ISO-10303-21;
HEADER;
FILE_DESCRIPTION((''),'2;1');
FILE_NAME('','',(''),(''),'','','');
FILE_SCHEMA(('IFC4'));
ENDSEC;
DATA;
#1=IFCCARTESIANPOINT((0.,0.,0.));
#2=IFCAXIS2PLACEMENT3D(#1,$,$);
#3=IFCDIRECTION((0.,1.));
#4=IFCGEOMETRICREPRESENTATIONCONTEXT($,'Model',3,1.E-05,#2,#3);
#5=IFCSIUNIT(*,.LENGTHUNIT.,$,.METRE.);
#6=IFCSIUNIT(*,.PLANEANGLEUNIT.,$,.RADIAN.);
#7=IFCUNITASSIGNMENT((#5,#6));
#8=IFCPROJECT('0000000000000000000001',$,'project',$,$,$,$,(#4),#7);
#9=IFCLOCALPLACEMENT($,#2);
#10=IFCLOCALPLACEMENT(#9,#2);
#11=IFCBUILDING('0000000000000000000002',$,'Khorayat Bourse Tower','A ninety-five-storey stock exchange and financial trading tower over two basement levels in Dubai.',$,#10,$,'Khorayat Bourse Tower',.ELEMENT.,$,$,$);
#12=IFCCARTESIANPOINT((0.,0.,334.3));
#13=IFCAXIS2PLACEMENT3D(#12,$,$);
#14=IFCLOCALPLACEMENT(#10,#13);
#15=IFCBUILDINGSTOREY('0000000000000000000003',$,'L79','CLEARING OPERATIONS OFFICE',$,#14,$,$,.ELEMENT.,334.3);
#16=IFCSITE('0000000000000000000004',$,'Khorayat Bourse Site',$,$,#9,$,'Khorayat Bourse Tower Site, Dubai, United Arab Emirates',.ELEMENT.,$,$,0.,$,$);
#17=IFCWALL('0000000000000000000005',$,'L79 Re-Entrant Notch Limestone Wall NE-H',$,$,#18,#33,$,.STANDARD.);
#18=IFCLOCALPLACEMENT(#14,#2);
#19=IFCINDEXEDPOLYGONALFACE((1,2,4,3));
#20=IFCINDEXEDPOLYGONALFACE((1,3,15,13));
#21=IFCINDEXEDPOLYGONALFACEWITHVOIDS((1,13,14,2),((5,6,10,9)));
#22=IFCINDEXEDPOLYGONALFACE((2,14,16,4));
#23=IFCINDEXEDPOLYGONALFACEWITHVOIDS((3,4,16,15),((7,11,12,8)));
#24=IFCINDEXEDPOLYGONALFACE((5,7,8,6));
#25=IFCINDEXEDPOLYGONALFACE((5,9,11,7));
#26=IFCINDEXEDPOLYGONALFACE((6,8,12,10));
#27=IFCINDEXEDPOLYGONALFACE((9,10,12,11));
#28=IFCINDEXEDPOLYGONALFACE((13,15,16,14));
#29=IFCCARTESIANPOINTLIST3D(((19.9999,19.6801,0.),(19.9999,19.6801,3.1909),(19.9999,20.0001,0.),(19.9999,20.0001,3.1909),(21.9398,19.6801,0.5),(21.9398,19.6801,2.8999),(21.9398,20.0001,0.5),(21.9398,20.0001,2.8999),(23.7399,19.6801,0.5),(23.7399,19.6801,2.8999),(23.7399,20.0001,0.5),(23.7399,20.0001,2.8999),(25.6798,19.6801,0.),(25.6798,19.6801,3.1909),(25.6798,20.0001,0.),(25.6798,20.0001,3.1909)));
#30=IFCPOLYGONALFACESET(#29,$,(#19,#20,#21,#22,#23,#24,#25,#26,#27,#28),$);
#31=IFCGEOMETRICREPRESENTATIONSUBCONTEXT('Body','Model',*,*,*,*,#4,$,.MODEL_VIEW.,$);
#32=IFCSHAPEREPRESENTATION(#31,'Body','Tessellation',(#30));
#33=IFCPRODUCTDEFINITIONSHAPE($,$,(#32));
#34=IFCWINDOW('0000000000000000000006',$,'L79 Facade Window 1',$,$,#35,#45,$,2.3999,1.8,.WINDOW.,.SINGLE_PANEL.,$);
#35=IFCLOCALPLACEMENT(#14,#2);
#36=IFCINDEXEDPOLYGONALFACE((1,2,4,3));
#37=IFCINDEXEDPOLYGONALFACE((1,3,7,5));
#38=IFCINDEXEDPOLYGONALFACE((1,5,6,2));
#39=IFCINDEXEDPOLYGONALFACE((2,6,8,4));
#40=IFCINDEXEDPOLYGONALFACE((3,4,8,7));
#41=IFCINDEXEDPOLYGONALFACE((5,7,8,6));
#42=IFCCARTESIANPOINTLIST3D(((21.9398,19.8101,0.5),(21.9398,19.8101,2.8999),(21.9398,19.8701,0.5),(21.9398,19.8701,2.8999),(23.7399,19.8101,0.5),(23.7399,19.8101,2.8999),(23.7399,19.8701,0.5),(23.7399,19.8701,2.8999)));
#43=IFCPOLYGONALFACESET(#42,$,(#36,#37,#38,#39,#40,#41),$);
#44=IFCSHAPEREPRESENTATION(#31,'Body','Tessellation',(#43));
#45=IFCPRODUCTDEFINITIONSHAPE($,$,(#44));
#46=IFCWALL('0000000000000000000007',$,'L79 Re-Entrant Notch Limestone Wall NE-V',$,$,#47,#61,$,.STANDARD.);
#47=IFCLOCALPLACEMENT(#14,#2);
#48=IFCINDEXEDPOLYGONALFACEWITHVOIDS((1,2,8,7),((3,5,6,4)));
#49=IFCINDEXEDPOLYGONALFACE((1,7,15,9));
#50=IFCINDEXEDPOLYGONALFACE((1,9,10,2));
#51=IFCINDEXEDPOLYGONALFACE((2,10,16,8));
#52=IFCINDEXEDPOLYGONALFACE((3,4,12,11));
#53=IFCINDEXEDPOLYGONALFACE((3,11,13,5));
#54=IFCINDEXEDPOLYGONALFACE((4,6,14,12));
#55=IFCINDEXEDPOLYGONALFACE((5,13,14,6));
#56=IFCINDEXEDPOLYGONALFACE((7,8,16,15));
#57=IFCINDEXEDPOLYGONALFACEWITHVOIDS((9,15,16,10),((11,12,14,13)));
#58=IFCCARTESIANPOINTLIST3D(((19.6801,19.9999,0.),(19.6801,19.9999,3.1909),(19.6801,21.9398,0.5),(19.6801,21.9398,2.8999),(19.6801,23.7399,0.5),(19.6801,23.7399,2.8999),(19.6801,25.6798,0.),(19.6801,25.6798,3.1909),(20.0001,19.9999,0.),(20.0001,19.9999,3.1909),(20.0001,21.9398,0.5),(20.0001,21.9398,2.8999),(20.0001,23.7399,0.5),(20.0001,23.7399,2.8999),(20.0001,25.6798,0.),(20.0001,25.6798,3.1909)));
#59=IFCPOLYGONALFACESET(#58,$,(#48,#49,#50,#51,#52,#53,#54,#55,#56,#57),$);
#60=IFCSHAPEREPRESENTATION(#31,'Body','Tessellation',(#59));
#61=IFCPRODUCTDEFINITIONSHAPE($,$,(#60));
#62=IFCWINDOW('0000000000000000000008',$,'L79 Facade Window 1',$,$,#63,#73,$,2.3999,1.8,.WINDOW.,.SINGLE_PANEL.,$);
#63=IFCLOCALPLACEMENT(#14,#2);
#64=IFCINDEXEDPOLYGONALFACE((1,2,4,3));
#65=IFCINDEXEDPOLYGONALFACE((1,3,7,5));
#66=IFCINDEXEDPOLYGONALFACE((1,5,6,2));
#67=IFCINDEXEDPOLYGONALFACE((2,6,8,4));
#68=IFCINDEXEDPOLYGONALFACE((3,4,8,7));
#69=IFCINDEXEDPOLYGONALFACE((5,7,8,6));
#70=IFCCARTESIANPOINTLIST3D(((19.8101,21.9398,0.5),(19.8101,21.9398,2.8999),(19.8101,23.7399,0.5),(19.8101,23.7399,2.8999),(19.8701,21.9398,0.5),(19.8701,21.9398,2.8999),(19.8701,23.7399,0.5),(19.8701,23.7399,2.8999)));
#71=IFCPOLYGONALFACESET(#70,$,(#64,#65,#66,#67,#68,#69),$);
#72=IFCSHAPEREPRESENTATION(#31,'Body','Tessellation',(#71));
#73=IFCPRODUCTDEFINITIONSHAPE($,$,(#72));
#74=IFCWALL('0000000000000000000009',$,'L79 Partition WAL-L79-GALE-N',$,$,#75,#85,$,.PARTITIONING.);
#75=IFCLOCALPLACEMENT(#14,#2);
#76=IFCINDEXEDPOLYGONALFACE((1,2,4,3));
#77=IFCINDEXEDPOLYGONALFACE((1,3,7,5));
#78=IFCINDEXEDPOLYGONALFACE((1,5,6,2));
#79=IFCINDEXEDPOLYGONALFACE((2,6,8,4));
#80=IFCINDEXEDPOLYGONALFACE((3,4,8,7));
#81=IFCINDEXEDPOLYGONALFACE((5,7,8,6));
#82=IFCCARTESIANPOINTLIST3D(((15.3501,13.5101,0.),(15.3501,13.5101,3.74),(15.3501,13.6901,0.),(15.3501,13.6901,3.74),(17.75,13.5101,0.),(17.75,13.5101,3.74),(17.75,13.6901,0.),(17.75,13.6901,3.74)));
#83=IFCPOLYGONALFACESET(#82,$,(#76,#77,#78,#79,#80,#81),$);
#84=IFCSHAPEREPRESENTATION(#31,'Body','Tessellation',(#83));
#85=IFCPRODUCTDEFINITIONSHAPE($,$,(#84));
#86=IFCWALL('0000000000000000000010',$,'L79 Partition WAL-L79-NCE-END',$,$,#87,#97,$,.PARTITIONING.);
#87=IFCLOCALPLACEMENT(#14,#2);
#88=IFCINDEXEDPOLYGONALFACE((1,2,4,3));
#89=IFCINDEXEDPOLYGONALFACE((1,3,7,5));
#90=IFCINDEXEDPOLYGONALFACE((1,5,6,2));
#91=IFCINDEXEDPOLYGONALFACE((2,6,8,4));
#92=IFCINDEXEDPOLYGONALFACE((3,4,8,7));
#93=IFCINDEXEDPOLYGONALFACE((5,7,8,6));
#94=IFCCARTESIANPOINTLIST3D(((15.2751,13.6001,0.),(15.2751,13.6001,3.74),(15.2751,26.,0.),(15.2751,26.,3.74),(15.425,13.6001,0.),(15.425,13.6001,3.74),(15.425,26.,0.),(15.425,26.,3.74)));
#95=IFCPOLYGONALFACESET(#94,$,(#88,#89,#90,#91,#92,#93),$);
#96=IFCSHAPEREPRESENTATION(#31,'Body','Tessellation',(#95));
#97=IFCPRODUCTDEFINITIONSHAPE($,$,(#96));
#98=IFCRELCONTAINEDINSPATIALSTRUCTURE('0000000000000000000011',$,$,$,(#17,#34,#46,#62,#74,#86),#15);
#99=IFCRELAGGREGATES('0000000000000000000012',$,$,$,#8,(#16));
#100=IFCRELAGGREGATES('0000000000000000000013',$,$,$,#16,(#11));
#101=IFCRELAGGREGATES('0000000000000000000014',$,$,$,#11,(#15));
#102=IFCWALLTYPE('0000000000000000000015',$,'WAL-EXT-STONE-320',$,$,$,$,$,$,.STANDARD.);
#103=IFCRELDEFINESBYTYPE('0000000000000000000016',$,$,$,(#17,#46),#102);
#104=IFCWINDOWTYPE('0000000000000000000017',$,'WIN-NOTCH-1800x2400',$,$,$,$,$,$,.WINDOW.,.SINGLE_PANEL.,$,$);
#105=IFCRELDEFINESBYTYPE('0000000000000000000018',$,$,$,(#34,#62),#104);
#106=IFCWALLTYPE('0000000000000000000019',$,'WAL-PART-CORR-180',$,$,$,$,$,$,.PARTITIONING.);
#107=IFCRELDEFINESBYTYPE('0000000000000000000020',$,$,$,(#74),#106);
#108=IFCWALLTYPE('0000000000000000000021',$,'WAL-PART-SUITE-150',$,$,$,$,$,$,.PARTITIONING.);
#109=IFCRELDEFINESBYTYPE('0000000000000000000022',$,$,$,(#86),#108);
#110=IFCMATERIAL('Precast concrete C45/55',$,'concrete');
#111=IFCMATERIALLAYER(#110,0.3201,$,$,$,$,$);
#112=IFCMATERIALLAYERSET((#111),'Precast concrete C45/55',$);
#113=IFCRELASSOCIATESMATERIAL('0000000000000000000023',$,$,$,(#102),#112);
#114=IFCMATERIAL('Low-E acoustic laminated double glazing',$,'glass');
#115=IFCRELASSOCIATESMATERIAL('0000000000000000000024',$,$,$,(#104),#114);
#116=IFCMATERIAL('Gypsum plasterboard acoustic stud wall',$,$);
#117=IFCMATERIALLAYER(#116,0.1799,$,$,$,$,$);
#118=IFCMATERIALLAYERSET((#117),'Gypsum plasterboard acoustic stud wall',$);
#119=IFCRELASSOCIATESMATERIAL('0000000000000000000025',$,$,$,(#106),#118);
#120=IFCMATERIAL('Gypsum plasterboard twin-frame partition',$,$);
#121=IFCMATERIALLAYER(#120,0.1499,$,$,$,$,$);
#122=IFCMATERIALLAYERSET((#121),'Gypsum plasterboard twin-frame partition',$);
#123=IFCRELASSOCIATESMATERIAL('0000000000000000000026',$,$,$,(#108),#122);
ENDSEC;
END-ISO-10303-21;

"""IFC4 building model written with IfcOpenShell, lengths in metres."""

from ifc_helpers import new_model, si_unit, direction, frame, frame_2d, origin, place, context, subcontext, project, spatial, rectangle, extrude, source, transform, mapped, material, layer, layer_set, type_object, element, fill, save


model = new_model("IFC4")

# Units and contexts
model_context = context("Model", 3, precision=1e-05, world=origin(), true_north=direction((0.0, 1.0)))
body_context = subcontext(model_context, "Body", "Model", "MODEL_VIEW")
ifc_project = project(units=[si_unit("LENGTHUNIT", "METRE"), si_unit("PLANEANGLEUNIT", "RADIAN")], contexts=[model_context])

# Site, building, storey
site_placement = place(None, origin())
site = spatial("IfcSite", under=ifc_project, at=site_placement, Name="Khorayat Bourse Site", LongName="Khorayat Bourse Tower Site, Dubai, United Arab Emirates", CompositionType="ELEMENT", RefElevation=0.0)
building_placement = place(site_placement, origin())
building = spatial("IfcBuilding", under=site, at=building_placement, Name="Khorayat Bourse Tower", Description="A ninety-five-storey stock exchange and financial trading tower over two basement levels in Dubai.", LongName="Khorayat Bourse Tower", CompositionType="ELEMENT")
storey_placement = place(building_placement, frame((0.0, 0.0, 334.3)))
storey = spatial("IfcBuildingStorey", under=building, at=storey_placement, Name="L79", Description="CLEARING OPERATIONS OFFICE", CompositionType="ELEMENT", Elevation=334.3)

# Walls, openings, windows
ifc_material_1 = material(Name="Precast concrete C45/55", Category="concrete")
ifc_layer_1 = layer(ifc_material_1, 0.3201)
ifc_layer_set_1 = layer_set([ifc_layer_1], Name="Precast concrete C45/55")
wall_type_1 = type_object("IfcWallType", Name="WAL-EXT-STONE-320", PredefinedType="STANDARD", material=ifc_layer_set_1)
shared_shape_1 = source(origin(), body_context, "Body", "SweptSolid", [
    extrude(rectangle(XDim=5.6799, YDim=0.3201, at=frame_2d((2.8398, 0.0))), origin(), (0.0, 0.0, 1.0), 3.1909),
])
wall_1_placement = place(storey_placement, frame((20.0, 19.8401, 0.0), z_axis=(0.0, 0.0, 1.0), x_axis=(1.0, 0.0, 0.0)))
wall_1 = element("IfcWall", 1, at=wall_1_placement, inside=storey, type_object=wall_type_1, Name="L79 Re-Entrant Notch Limestone Wall NE-H", PredefinedType="STANDARD", context=body_context, shape_type="MappedRepresentation", body=[
    mapped(shared_shape_1, transform((0.0, 0.0, 0.0), scale=1.0)),
])
shared_shape_2 = source(origin(), body_context, "Body", "SweptSolid", [
    extrude(rectangle(XDim=1.8, YDim=2.3999, at=frame_2d((0.8999, 1.2))), frame((0.0, 0.1699, 0.0), z_axis=(0.0, -1.0, 0.0), x_axis=(1.0, 0.0, 0.0)), (0.0, 0.0, 1.0), 0.3401),
])
opening_1_placement = place(wall_1_placement, frame((1.9399, 0.0, 0.5)))
opening_1 = element("IfcOpeningElement", 2, at=opening_1_placement, cuts=wall_1, PredefinedType="OPENING", context=body_context, shape_type="MappedRepresentation", body=[
    mapped(shared_shape_2, transform((0.0, 0.0, 0.0), scale=1.0)),
])
ifc_material_2 = material(Name="Low-E acoustic laminated double glazing", Category="glass")
window_type = type_object("IfcWindowType", Name="WIN-NOTCH-1800x2400", PartitioningType="SINGLE_PANEL", PredefinedType="WINDOW", material=ifc_material_2)
shared_shape_3 = source(origin(), body_context, "Body", "SweptSolid", [
    extrude(rectangle(XDim=1.8, YDim=2.3999, at=frame_2d((0.8999, 1.2))), frame((0.0, 0.03, 0.0), z_axis=(0.0, -1.0, 0.0), x_axis=(1.0, 0.0, 0.0)), (0.0, 0.0, 1.0), 0.0601),
])
window_1_placement = place(opening_1_placement, origin())
window_1 = element("IfcWindow", 3, at=window_1_placement, inside=storey, type_object=window_type, Name="L79 Facade Window 1", OverallHeight=2.3999, OverallWidth=1.8, PartitioningType="SINGLE_PANEL", PredefinedType="WINDOW", context=body_context, shape_type="MappedRepresentation", body=[
    mapped(shared_shape_3, transform((0.0, 0.0, 0.0), scale=1.0)),
])
fill(opening_1, window_1)
wall_2_placement = place(storey_placement, frame((19.8401, 20.0, 0.0), z_axis=(0.0, 0.0, 1.0), x_axis=(0.0, 1.0, 0.0)))
wall_2 = element("IfcWall", 4, at=wall_2_placement, inside=storey, type_object=wall_type_1, Name="L79 Re-Entrant Notch Limestone Wall NE-V", PredefinedType="STANDARD", context=body_context, shape_type="MappedRepresentation", body=[
    mapped(shared_shape_1, transform((0.0, 0.0, 0.0), scale=1.0)),
])
opening_2_placement = place(wall_2_placement, frame((1.9399, 0.0, 0.5)))
opening_2 = element("IfcOpeningElement", 5, at=opening_2_placement, cuts=wall_2, PredefinedType="OPENING", context=body_context, shape_type="MappedRepresentation", body=[
    mapped(shared_shape_2, transform((0.0, 0.0, 0.0), scale=1.0)),
])
window_2_placement = place(opening_2_placement, origin())
window_2 = element("IfcWindow", 6, at=window_2_placement, inside=storey, type_object=window_type, Name="L79 Facade Window 1", OverallHeight=2.3999, OverallWidth=1.8, PartitioningType="SINGLE_PANEL", PredefinedType="WINDOW", context=body_context, shape_type="MappedRepresentation", body=[
    mapped(shared_shape_3, transform((0.0, 0.0, 0.0), scale=1.0)),
])
fill(opening_2, window_2)

# Walls
ifc_material_3 = material(Name="Gypsum plasterboard acoustic stud wall")
ifc_layer_2 = layer(ifc_material_3, 0.1799)
ifc_layer_set_2 = layer_set([ifc_layer_2], Name="Gypsum plasterboard acoustic stud wall")
wall_type_2 = type_object("IfcWallType", Name="WAL-PART-CORR-180", PredefinedType="PARTITIONING", material=ifc_layer_set_2)
shared_shape_4 = source(origin(), body_context, "Body", "SweptSolid", [
    extrude(rectangle(XDim=2.3999, YDim=0.1799, at=frame_2d((1.2, 0.0))), origin(), (0.0, 0.0, 1.0), 3.74),
])
wall_3_placement = place(storey_placement, frame((15.3501, 13.6001, 0.0), z_axis=(0.0, 0.0, 1.0), x_axis=(1.0, 0.0, 0.0)))
element("IfcWall", 7, at=wall_3_placement, inside=storey, type_object=wall_type_2, Name="L79 Partition WAL-L79-GALE-N", PredefinedType="PARTITIONING", context=body_context, shape_type="MappedRepresentation", body=[
    mapped(shared_shape_4, transform((0.0, 0.0, 0.0), scale=1.0)),
])
ifc_material_4 = material(Name="Gypsum plasterboard twin-frame partition")
ifc_layer_3 = layer(ifc_material_4, 0.1499)
ifc_layer_set_3 = layer_set([ifc_layer_3], Name="Gypsum plasterboard twin-frame partition")
wall_type_3 = type_object("IfcWallType", Name="WAL-PART-SUITE-150", PredefinedType="PARTITIONING", material=ifc_layer_set_3)
shared_shape_5 = source(origin(), body_context, "Body", "SweptSolid", [
    extrude(rectangle(XDim=12.3999, YDim=0.1499, at=frame_2d((6.2, 0.0))), origin(), (0.0, 0.0, 1.0), 3.74),
])
wall_4_placement = place(storey_placement, frame((15.3501, 13.6001, 0.0), z_axis=(0.0, 0.0, 1.0), x_axis=(0.0, 1.0, 0.0)))
element("IfcWall", 8, at=wall_4_placement, inside=storey, type_object=wall_type_3, Name="L79 Partition WAL-L79-NCE-END", PredefinedType="PARTITIONING", context=body_context, shape_type="MappedRepresentation", body=[
    mapped(shared_shape_5, transform((0.0, 0.0, 0.0), scale=1.0)),
])

save(model, "model.ifc")
